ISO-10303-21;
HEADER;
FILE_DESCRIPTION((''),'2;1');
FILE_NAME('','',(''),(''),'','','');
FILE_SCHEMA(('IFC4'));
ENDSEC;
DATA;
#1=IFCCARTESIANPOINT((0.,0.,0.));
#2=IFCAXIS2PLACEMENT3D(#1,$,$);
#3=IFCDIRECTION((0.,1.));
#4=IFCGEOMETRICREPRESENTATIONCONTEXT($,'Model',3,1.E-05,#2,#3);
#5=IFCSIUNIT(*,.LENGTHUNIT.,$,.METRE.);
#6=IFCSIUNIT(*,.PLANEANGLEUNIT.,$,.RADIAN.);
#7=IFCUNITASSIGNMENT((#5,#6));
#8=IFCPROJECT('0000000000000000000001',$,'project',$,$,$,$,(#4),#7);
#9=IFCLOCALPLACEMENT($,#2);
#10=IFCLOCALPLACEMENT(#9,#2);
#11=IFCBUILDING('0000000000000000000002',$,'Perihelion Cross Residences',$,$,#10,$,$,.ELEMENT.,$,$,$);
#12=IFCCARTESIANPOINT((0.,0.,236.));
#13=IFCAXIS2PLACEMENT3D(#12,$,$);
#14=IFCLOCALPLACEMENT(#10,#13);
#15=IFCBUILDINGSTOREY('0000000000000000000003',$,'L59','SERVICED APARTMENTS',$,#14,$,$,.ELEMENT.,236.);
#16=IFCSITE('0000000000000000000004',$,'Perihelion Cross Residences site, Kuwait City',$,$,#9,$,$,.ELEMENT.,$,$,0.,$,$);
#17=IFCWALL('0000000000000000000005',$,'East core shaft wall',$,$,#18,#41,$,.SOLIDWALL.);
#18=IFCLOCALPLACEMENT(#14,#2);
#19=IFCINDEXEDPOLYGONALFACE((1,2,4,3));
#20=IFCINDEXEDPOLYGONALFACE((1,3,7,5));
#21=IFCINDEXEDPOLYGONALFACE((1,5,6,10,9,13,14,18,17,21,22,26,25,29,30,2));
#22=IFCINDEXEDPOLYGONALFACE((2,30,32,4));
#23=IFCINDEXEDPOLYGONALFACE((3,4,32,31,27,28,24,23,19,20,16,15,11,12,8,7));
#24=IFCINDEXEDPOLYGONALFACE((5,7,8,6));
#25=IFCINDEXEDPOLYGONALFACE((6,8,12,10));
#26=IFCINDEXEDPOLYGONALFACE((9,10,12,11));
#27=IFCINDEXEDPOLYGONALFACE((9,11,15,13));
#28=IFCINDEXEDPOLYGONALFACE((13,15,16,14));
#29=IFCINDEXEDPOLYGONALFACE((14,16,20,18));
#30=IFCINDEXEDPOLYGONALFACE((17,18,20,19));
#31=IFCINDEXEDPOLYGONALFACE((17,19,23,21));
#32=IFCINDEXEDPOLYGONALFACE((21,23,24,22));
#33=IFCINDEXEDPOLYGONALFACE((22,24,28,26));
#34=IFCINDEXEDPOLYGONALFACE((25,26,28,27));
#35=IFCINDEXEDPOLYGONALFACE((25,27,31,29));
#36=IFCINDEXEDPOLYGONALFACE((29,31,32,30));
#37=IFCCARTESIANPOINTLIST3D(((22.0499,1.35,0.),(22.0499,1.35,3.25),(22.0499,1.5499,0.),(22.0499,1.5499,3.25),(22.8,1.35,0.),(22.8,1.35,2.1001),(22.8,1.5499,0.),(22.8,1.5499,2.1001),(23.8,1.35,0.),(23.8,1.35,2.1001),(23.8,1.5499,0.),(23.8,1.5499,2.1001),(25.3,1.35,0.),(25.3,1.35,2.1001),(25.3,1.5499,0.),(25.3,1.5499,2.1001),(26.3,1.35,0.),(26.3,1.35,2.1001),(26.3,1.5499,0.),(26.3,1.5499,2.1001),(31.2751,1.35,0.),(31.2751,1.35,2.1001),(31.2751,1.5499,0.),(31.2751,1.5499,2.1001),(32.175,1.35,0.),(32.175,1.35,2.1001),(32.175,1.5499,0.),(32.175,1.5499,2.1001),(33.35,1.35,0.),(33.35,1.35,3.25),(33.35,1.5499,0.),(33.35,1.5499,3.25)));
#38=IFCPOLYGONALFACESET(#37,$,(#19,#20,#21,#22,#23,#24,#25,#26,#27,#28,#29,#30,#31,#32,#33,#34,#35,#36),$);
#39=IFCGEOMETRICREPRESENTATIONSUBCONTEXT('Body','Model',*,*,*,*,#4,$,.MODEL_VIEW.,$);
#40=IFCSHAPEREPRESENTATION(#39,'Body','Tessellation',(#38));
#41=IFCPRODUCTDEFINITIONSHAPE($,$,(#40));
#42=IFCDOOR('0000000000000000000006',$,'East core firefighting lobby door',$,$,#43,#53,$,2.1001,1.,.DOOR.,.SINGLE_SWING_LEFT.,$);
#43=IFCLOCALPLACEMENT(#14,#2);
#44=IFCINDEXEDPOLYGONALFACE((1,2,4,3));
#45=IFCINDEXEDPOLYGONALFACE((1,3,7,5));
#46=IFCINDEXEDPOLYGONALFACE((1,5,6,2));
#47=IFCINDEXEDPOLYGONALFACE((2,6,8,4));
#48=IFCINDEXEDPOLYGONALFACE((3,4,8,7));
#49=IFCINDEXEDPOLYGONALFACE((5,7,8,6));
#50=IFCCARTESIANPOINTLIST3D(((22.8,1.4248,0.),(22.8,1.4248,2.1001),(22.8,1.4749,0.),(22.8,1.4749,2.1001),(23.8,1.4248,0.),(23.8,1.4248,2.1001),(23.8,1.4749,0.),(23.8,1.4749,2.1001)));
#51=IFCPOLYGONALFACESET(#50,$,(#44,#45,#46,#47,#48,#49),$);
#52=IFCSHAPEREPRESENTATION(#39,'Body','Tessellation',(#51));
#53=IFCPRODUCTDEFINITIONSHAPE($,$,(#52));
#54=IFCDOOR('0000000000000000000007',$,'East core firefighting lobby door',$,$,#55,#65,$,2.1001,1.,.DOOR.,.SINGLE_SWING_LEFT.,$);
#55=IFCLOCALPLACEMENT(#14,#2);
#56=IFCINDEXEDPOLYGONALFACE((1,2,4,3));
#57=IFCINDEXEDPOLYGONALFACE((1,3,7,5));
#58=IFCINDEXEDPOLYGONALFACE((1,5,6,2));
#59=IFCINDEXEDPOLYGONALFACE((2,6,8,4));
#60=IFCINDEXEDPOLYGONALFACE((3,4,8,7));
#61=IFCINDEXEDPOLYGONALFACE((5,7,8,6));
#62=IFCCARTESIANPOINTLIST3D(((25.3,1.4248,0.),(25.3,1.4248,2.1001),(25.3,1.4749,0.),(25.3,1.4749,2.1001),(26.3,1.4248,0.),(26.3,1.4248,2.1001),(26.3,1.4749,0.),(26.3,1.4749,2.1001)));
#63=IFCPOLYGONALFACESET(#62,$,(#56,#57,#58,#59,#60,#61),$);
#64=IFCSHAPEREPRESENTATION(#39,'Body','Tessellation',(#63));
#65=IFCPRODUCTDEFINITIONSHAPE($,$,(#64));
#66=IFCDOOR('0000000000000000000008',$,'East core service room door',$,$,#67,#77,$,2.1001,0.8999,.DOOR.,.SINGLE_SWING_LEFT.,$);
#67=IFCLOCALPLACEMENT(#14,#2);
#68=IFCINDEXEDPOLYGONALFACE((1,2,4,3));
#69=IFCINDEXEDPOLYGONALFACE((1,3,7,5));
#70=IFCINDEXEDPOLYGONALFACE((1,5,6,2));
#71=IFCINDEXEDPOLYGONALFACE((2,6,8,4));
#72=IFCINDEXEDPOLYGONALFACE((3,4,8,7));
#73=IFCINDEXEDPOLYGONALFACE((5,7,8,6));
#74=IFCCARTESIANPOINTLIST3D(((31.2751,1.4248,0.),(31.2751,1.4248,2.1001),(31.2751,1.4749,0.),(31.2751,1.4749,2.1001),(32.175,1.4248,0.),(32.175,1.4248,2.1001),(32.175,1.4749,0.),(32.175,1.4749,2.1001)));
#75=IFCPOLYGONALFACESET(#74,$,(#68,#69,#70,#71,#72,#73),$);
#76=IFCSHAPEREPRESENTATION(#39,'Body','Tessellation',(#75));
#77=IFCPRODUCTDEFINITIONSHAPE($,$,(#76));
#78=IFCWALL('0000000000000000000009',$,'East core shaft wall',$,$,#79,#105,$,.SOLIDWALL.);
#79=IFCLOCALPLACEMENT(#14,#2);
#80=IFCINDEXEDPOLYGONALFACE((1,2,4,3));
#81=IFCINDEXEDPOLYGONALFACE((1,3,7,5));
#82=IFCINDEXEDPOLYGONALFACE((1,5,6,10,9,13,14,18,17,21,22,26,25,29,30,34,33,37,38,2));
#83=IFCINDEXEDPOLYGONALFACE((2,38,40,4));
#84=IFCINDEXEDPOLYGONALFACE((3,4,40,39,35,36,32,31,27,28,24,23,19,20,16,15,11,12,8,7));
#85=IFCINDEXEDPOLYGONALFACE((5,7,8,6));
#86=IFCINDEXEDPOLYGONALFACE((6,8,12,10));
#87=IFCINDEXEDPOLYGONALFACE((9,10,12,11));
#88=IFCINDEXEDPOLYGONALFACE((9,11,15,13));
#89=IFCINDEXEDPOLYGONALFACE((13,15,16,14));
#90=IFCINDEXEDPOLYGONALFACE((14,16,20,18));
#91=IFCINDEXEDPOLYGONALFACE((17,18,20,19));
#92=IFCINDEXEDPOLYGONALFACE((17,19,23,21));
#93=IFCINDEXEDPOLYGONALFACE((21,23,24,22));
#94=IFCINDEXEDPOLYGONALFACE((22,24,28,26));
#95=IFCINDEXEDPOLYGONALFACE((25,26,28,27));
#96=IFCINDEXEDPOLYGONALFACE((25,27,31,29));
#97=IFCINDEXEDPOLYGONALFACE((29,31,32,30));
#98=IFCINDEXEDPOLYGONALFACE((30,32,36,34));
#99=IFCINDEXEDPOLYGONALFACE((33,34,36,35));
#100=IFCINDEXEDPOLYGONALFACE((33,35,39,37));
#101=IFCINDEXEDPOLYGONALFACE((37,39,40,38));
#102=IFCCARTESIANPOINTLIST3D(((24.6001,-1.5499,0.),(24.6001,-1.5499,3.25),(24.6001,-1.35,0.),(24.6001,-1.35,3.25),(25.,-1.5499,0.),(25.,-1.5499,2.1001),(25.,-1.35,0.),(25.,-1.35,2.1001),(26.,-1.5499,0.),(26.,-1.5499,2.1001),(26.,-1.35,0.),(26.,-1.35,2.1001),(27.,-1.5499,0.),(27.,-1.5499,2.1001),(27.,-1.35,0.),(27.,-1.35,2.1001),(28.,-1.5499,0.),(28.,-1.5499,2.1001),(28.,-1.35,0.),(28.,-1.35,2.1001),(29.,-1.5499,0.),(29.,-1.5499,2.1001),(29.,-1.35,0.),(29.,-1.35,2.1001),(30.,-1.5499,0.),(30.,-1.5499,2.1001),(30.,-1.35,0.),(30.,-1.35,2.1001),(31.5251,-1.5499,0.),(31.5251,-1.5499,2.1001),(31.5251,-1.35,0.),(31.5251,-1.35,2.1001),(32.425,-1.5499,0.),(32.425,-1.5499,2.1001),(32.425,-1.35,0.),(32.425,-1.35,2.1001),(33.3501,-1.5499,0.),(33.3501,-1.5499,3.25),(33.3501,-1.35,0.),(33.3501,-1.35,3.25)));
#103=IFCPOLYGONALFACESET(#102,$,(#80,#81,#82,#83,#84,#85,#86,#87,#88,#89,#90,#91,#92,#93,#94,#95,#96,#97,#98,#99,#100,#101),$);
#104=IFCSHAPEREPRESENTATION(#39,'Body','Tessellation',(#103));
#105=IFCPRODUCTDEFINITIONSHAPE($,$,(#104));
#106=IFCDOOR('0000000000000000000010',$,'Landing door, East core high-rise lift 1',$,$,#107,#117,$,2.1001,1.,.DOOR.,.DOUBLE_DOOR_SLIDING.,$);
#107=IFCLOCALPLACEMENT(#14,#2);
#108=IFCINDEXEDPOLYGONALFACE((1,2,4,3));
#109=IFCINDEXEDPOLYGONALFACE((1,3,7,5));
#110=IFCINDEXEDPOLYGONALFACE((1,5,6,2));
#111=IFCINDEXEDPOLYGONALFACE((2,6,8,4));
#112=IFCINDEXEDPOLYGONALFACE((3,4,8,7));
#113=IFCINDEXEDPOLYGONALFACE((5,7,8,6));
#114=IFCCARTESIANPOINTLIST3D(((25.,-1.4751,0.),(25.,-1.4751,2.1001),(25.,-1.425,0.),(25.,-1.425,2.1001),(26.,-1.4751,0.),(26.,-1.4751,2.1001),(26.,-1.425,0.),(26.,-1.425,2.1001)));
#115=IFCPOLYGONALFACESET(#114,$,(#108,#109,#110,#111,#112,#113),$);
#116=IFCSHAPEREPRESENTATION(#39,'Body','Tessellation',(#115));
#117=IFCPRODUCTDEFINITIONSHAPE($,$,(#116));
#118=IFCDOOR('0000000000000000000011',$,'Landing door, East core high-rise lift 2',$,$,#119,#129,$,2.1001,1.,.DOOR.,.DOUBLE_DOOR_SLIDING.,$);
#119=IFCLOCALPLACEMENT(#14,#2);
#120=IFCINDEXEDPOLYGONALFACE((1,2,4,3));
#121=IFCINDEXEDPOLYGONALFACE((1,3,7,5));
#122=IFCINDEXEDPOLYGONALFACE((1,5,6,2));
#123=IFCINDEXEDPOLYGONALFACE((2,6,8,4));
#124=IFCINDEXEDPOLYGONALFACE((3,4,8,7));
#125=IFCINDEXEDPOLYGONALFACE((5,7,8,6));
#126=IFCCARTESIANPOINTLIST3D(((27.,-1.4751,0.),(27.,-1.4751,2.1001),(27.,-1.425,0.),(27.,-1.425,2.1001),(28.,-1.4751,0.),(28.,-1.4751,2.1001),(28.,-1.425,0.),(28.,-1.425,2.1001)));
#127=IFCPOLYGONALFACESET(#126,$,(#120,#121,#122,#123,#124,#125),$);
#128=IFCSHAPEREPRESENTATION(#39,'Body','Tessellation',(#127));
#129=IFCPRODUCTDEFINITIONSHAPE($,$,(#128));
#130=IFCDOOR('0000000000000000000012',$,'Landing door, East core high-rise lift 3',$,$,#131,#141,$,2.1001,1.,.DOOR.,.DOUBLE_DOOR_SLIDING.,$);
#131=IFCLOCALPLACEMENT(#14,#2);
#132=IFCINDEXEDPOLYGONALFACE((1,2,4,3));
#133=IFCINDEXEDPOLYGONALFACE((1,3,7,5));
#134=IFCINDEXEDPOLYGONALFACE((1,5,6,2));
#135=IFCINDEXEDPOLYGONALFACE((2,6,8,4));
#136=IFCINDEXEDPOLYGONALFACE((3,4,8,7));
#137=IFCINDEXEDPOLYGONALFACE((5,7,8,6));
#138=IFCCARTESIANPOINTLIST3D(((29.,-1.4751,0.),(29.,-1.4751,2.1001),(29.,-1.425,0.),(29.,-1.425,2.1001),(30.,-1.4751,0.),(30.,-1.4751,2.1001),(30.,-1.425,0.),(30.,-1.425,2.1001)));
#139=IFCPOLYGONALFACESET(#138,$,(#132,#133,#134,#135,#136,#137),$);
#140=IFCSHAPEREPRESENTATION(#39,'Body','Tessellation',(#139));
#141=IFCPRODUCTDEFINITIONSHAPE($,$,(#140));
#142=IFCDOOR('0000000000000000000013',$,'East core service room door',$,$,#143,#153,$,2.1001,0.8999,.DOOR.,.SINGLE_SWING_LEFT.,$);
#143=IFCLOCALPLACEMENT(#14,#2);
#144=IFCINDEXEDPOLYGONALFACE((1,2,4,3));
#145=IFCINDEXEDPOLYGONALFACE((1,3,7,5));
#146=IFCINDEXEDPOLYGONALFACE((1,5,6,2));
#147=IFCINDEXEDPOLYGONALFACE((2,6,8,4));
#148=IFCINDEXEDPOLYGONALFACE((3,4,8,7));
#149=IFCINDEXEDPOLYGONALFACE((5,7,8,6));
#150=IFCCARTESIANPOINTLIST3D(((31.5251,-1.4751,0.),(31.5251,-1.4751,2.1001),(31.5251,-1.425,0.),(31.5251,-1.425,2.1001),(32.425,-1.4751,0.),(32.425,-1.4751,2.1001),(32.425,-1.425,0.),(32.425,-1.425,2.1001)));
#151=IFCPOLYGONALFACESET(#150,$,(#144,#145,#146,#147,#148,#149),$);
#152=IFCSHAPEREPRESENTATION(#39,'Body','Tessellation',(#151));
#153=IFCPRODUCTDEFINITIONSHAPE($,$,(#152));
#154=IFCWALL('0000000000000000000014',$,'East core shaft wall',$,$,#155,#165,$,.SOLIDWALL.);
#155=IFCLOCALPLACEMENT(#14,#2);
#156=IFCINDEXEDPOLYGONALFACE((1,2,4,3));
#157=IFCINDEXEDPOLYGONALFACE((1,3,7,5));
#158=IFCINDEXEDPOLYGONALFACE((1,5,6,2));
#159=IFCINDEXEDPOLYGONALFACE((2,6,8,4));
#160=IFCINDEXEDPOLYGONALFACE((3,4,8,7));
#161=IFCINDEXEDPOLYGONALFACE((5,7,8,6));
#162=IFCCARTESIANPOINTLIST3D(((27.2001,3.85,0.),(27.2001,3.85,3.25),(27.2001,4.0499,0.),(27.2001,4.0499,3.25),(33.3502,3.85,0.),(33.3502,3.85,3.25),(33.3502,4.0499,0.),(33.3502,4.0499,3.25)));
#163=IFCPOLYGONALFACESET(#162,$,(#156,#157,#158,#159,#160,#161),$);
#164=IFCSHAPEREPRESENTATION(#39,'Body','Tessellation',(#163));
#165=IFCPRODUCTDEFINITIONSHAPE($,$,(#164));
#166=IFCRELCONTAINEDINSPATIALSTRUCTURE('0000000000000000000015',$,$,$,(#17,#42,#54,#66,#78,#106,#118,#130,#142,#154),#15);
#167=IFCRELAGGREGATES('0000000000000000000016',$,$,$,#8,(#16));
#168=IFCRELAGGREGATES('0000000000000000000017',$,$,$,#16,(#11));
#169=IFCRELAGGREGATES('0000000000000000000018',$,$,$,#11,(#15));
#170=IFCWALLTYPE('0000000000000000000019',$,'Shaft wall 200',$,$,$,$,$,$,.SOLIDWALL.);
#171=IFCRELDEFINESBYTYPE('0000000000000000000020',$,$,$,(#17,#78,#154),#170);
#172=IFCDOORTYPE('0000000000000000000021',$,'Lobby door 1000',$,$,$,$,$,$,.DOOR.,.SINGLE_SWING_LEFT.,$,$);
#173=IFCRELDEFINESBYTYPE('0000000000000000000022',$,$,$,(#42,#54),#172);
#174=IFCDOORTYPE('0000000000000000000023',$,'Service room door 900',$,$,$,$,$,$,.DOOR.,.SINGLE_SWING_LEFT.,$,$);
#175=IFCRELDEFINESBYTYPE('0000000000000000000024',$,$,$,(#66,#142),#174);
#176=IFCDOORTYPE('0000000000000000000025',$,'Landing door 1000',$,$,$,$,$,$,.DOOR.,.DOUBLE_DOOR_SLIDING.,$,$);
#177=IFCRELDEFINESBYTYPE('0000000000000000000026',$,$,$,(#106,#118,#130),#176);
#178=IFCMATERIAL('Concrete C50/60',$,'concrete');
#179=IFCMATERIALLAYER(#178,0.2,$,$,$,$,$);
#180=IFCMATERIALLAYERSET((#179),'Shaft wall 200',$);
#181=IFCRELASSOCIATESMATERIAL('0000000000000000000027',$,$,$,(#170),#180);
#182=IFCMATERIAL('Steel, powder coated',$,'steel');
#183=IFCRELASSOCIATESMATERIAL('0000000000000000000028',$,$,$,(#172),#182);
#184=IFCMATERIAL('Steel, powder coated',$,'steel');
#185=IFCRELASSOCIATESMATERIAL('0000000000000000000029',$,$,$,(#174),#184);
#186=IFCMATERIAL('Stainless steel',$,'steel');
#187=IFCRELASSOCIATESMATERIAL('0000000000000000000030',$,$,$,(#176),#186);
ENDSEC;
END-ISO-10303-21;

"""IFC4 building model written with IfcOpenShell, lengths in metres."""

from ifc_helpers import new_model, si_unit, direction, frame, frame_2d, origin, place, context, subcontext, project, spatial, rectangle, extrude, material, layer, layer_set, type_object, element, fill, save


model = new_model("IFC4")

# Units and contexts
model_context = context("Model", 3, precision=1e-05, world=origin(), true_north=direction((0.0, 1.0)))
body_context = subcontext(model_context, "Body", "Model", "MODEL_VIEW")
ifc_project = project(units=[si_unit("LENGTHUNIT", "METRE"), si_unit("PLANEANGLEUNIT", "RADIAN")], contexts=[model_context])

# Site, building, storey
site_placement = place(None, origin())
site = spatial("IfcSite", under=ifc_project, at=site_placement, Name="Perihelion Cross Residences site, Kuwait City", CompositionType="ELEMENT", RefElevation=0.0)
building_placement = place(site_placement, origin())
building = spatial("IfcBuilding", under=site, at=building_placement, Name="Perihelion Cross Residences", CompositionType="ELEMENT")
storey_placement = place(building_placement, frame((0.0, 0.0, 236.0)))
storey = spatial("IfcBuildingStorey", under=building, at=storey_placement, Name="L59", Description="SERVICED APARTMENTS", CompositionType="ELEMENT", Elevation=236.0)

# Walls, openings, doors
ifc_material_1 = material(Name="Concrete C50/60", Category="concrete")
ifc_layer_1 = layer(ifc_material_1, 0.2)
ifc_layer_set_1 = layer_set([ifc_layer_1], Name="Shaft wall 200")
wall_type_1 = type_object("IfcWallType", Name="Shaft wall 200", PredefinedType="SOLIDWALL", material=ifc_layer_set_1)
wall_1_placement = place(storey_placement, frame((22.05, 1.45, 0.0), z_axis=(0.0, 0.0, 1.0), x_axis=(1.0, 0.0, 0.0)))
wall_1 = element("IfcWall", 1, at=wall_1_placement, inside=storey, type_object=wall_type_1, Name="East core shaft wall", PredefinedType="SOLIDWALL", context=body_context, shape_type="SweptSolid", body=[
    extrude(rectangle(XDim=11.3, YDim=0.2, at=frame_2d((5.6499, 0.0))), origin(), (0.0, 0.0, 1.0), 3.25),
])
opening_1_placement = place(wall_1_placement, frame((0.75, 0.0, 0.0)))
opening_1 = element("IfcOpeningElement", 2, at=opening_1_placement, cuts=wall_1, PredefinedType="OPENING", context=body_context, shape_type="SweptSolid", body=[
    extrude(rectangle(XDim=1.0, YDim=2.1001, at=frame_2d((0.5, 1.05))), frame((0.0, 0.1099, 0.0), z_axis=(0.0, -1.0, 0.0), x_axis=(1.0, 0.0, 0.0)), (0.0, 0.0, 1.0), 0.22),
])
opening_2_placement = place(wall_1_placement, frame((3.25, 0.0, 0.0)))
opening_2 = element("IfcOpeningElement", 3, at=opening_2_placement, cuts=wall_1, PredefinedType="OPENING", context=body_context, shape_type="SweptSolid", body=[
    extrude(rectangle(XDim=1.0, YDim=2.1001, at=frame_2d((0.5, 1.05))), frame((0.0, 0.1099, 0.0), z_axis=(0.0, -1.0, 0.0), x_axis=(1.0, 0.0, 0.0)), (0.0, 0.0, 1.0), 0.22),
])
opening_3_placement = place(wall_1_placement, frame((9.2251, 0.0, 0.0)))
opening_3 = element("IfcOpeningElement", 4, at=opening_3_placement, cuts=wall_1, PredefinedType="OPENING", context=body_context, shape_type="SweptSolid", body=[
    extrude(rectangle(XDim=0.8999, YDim=2.1001, at=frame_2d((0.45, 1.05))), frame((0.0, 0.1099, 0.0), z_axis=(0.0, -1.0, 0.0), x_axis=(1.0, 0.0, 0.0)), (0.0, 0.0, 1.0), 0.22),
])
ifc_material_2 = material(Name="Steel, powder coated", Category="steel")
door_type_1 = type_object("IfcDoorType", Name="Lobby door 1000", OperationType="SINGLE_SWING_LEFT", PredefinedType="DOOR", material=ifc_material_2)
door_1_placement = place(opening_1_placement, origin())
door_1 = element("IfcDoor", 5, at=door_1_placement, inside=storey, type_object=door_type_1, Name="East core firefighting lobby door", OperationType="SINGLE_SWING_LEFT", OverallHeight=2.1001, OverallWidth=1.0, PredefinedType="DOOR", context=body_context, shape_type="SweptSolid", body=[
    extrude(rectangle(XDim=1.0, YDim=2.1001, at=frame_2d((0.5, 1.05))), frame((0.0, 0.0249, 0.0), z_axis=(0.0, -1.0, 0.0), x_axis=(1.0, 0.0, 0.0)), (0.0, 0.0, 1.0), 0.05),
])
fill(opening_1, door_1)
door_2_placement = place(opening_2_placement, origin())
door_2 = element("IfcDoor", 6, at=door_2_placement, inside=storey, type_object=door_type_1, Name="East core firefighting lobby door", OperationType="SINGLE_SWING_LEFT", OverallHeight=2.1001, OverallWidth=1.0, PredefinedType="DOOR", context=body_context, shape_type="SweptSolid", body=[
    extrude(rectangle(XDim=1.0, YDim=2.1001, at=frame_2d((0.5, 1.05))), frame((0.0, 0.0249, 0.0), z_axis=(0.0, -1.0, 0.0), x_axis=(1.0, 0.0, 0.0)), (0.0, 0.0, 1.0), 0.05),
])
fill(opening_2, door_2)
ifc_material_3 = material(Name="Steel, powder coated", Category="steel")
door_type_2 = type_object("IfcDoorType", Name="Service room door 900", OperationType="SINGLE_SWING_LEFT", PredefinedType="DOOR", material=ifc_material_3)
door_3_placement = place(opening_3_placement, origin())
door_3 = element("IfcDoor", 7, at=door_3_placement, inside=storey, type_object=door_type_2, Name="East core service room door", OperationType="SINGLE_SWING_LEFT", OverallHeight=2.1001, OverallWidth=0.8999, PredefinedType="DOOR", context=body_context, shape_type="SweptSolid", body=[
    extrude(rectangle(XDim=0.8999, YDim=2.1001, at=frame_2d((0.45, 1.05))), frame((0.0, 0.0249, 0.0), z_axis=(0.0, -1.0, 0.0), x_axis=(1.0, 0.0, 0.0)), (0.0, 0.0, 1.0), 0.05),
])
fill(opening_3, door_3)
wall_2_placement = place(storey_placement, frame((24.6001, -1.45, 0.0), z_axis=(0.0, 0.0, 1.0), x_axis=(1.0, 0.0, 0.0)))
wall_2 = element("IfcWall", 8, at=wall_2_placement, inside=storey, type_object=wall_type_1, Name="East core shaft wall", PredefinedType="SOLIDWALL", context=body_context, shape_type="SweptSolid", body=[
    extrude(rectangle(XDim=8.75, YDim=0.2, at=frame_2d((4.375, 0.0))), origin(), (0.0, 0.0, 1.0), 3.25),
])
opening_4_placement = place(wall_2_placement, frame((0.3999, 0.0, 0.0)))
opening_4 = element("IfcOpeningElement", 9, at=opening_4_placement, cuts=wall_2, PredefinedType="OPENING", context=body_context, shape_type="SweptSolid", body=[
    extrude(rectangle(XDim=1.0, YDim=2.1001, at=frame_2d((0.5, 1.05))), frame((0.0, 0.1099, 0.0), z_axis=(0.0, -1.0, 0.0), x_axis=(1.0, 0.0, 0.0)), (0.0, 0.0, 1.0), 0.22),
])
opening_5_placement = place(wall_2_placement, frame((2.3999, 0.0, 0.0)))
opening_5 = element("IfcOpeningElement", 10, at=opening_5_placement, cuts=wall_2, PredefinedType="OPENING", context=body_context, shape_type="SweptSolid", body=[
    extrude(rectangle(XDim=1.0, YDim=2.1001, at=frame_2d((0.5, 1.05))), frame((0.0, 0.1099, 0.0), z_axis=(0.0, -1.0, 0.0), x_axis=(1.0, 0.0, 0.0)), (0.0, 0.0, 1.0), 0.22),
])
opening_6_placement = place(wall_2_placement, frame((4.3999, 0.0, 0.0)))
opening_6 = element("IfcOpeningElement", 11, at=opening_6_placement, cuts=wall_2, PredefinedType="OPENING", context=body_context, shape_type="SweptSolid", body=[
    extrude(rectangle(XDim=1.0, YDim=2.1001, at=frame_2d((0.5, 1.05))), frame((0.0, 0.1099, 0.0), z_axis=(0.0, -1.0, 0.0), x_axis=(1.0, 0.0, 0.0)), (0.0, 0.0, 1.0), 0.22),
])
opening_7_placement = place(wall_2_placement, frame((6.925, 0.0, 0.0)))
opening_7 = element("IfcOpeningElement", 12, at=opening_7_placement, cuts=wall_2, PredefinedType="OPENING", context=body_context, shape_type="SweptSolid", body=[
    extrude(rectangle(XDim=0.8999, YDim=2.1001, at=frame_2d((0.45, 1.05))), frame((0.0, 0.1099, 0.0), z_axis=(0.0, -1.0, 0.0), x_axis=(1.0, 0.0, 0.0)), (0.0, 0.0, 1.0), 0.22),
])
ifc_material_4 = material(Name="Stainless steel", Category="steel")
door_type_3 = type_object("IfcDoorType", Name="Landing door 1000", OperationType="DOUBLE_DOOR_SLIDING", PredefinedType="DOOR", material=ifc_material_4)
door_4_placement = place(opening_4_placement, origin())
door_4 = element("IfcDoor", 13, at=door_4_placement, inside=storey, type_object=door_type_3, Name="Landing door, East core high-rise lift 1", OperationType="DOUBLE_DOOR_SLIDING", OverallHeight=2.1001, OverallWidth=1.0, PredefinedType="DOOR", context=body_context, shape_type="SweptSolid", body=[
    extrude(rectangle(XDim=1.0, YDim=2.1001, at=frame_2d((0.5, 1.05))), frame((0.0, 0.0249, 0.0), z_axis=(0.0, -1.0, 0.0), x_axis=(1.0, 0.0, 0.0)), (0.0, 0.0, 1.0), 0.05),
])
fill(opening_4, door_4)
door_5_placement = place(opening_5_placement, origin())
door_5 = element("IfcDoor", 14, at=door_5_placement, inside=storey, type_object=door_type_3, Name="Landing door, East core high-rise lift 2", OperationType="DOUBLE_DOOR_SLIDING", OverallHeight=2.1001, OverallWidth=1.0, PredefinedType="DOOR", context=body_context, shape_type="SweptSolid", body=[
    extrude(rectangle(XDim=1.0, YDim=2.1001, at=frame_2d((0.5, 1.05))), frame((0.0, 0.0249, 0.0), z_axis=(0.0, -1.0, 0.0), x_axis=(1.0, 0.0, 0.0)), (0.0, 0.0, 1.0), 0.05),
])
fill(opening_5, door_5)
door_6_placement = place(opening_6_placement, origin())
door_6 = element("IfcDoor", 15, at=door_6_placement, inside=storey, type_object=door_type_3, Name="Landing door, East core high-rise lift 3", OperationType="DOUBLE_DOOR_SLIDING", OverallHeight=2.1001, OverallWidth=1.0, PredefinedType="DOOR", context=body_context, shape_type="SweptSolid", body=[
    extrude(rectangle(XDim=1.0, YDim=2.1001, at=frame_2d((0.5, 1.05))), frame((0.0, 0.0249, 0.0), z_axis=(0.0, -1.0, 0.0), x_axis=(1.0, 0.0, 0.0)), (0.0, 0.0, 1.0), 0.05),
])
fill(opening_6, door_6)
door_7_placement = place(opening_7_placement, origin())
door_7 = element("IfcDoor", 16, at=door_7_placement, inside=storey, type_object=door_type_2, Name="East core service room door", OperationType="SINGLE_SWING_LEFT", OverallHeight=2.1001, OverallWidth=0.8999, PredefinedType="DOOR", context=body_context, shape_type="SweptSolid", body=[
    extrude(rectangle(XDim=0.8999, YDim=2.1001, at=frame_2d((0.45, 1.05))), frame((0.0, 0.0249, 0.0), z_axis=(0.0, -1.0, 0.0), x_axis=(1.0, 0.0, 0.0)), (0.0, 0.0, 1.0), 0.05),
])
fill(opening_7, door_7)

# Wall
wall_3_placement = place(storey_placement, frame((27.2, 3.95, 0.0), z_axis=(0.0, 0.0, 1.0), x_axis=(1.0, 0.0, 0.0)))
element("IfcWall", 17, at=wall_3_placement, inside=storey, type_object=wall_type_1, Name="East core shaft wall", PredefinedType="SOLIDWALL", context=body_context, shape_type="SweptSolid", body=[
    extrude(rectangle(XDim=6.1501, YDim=0.2, at=frame_2d((3.0752, 0.0))), origin(), (0.0, 0.0, 1.0), 3.25),
])

save(model, "model.ifc")
